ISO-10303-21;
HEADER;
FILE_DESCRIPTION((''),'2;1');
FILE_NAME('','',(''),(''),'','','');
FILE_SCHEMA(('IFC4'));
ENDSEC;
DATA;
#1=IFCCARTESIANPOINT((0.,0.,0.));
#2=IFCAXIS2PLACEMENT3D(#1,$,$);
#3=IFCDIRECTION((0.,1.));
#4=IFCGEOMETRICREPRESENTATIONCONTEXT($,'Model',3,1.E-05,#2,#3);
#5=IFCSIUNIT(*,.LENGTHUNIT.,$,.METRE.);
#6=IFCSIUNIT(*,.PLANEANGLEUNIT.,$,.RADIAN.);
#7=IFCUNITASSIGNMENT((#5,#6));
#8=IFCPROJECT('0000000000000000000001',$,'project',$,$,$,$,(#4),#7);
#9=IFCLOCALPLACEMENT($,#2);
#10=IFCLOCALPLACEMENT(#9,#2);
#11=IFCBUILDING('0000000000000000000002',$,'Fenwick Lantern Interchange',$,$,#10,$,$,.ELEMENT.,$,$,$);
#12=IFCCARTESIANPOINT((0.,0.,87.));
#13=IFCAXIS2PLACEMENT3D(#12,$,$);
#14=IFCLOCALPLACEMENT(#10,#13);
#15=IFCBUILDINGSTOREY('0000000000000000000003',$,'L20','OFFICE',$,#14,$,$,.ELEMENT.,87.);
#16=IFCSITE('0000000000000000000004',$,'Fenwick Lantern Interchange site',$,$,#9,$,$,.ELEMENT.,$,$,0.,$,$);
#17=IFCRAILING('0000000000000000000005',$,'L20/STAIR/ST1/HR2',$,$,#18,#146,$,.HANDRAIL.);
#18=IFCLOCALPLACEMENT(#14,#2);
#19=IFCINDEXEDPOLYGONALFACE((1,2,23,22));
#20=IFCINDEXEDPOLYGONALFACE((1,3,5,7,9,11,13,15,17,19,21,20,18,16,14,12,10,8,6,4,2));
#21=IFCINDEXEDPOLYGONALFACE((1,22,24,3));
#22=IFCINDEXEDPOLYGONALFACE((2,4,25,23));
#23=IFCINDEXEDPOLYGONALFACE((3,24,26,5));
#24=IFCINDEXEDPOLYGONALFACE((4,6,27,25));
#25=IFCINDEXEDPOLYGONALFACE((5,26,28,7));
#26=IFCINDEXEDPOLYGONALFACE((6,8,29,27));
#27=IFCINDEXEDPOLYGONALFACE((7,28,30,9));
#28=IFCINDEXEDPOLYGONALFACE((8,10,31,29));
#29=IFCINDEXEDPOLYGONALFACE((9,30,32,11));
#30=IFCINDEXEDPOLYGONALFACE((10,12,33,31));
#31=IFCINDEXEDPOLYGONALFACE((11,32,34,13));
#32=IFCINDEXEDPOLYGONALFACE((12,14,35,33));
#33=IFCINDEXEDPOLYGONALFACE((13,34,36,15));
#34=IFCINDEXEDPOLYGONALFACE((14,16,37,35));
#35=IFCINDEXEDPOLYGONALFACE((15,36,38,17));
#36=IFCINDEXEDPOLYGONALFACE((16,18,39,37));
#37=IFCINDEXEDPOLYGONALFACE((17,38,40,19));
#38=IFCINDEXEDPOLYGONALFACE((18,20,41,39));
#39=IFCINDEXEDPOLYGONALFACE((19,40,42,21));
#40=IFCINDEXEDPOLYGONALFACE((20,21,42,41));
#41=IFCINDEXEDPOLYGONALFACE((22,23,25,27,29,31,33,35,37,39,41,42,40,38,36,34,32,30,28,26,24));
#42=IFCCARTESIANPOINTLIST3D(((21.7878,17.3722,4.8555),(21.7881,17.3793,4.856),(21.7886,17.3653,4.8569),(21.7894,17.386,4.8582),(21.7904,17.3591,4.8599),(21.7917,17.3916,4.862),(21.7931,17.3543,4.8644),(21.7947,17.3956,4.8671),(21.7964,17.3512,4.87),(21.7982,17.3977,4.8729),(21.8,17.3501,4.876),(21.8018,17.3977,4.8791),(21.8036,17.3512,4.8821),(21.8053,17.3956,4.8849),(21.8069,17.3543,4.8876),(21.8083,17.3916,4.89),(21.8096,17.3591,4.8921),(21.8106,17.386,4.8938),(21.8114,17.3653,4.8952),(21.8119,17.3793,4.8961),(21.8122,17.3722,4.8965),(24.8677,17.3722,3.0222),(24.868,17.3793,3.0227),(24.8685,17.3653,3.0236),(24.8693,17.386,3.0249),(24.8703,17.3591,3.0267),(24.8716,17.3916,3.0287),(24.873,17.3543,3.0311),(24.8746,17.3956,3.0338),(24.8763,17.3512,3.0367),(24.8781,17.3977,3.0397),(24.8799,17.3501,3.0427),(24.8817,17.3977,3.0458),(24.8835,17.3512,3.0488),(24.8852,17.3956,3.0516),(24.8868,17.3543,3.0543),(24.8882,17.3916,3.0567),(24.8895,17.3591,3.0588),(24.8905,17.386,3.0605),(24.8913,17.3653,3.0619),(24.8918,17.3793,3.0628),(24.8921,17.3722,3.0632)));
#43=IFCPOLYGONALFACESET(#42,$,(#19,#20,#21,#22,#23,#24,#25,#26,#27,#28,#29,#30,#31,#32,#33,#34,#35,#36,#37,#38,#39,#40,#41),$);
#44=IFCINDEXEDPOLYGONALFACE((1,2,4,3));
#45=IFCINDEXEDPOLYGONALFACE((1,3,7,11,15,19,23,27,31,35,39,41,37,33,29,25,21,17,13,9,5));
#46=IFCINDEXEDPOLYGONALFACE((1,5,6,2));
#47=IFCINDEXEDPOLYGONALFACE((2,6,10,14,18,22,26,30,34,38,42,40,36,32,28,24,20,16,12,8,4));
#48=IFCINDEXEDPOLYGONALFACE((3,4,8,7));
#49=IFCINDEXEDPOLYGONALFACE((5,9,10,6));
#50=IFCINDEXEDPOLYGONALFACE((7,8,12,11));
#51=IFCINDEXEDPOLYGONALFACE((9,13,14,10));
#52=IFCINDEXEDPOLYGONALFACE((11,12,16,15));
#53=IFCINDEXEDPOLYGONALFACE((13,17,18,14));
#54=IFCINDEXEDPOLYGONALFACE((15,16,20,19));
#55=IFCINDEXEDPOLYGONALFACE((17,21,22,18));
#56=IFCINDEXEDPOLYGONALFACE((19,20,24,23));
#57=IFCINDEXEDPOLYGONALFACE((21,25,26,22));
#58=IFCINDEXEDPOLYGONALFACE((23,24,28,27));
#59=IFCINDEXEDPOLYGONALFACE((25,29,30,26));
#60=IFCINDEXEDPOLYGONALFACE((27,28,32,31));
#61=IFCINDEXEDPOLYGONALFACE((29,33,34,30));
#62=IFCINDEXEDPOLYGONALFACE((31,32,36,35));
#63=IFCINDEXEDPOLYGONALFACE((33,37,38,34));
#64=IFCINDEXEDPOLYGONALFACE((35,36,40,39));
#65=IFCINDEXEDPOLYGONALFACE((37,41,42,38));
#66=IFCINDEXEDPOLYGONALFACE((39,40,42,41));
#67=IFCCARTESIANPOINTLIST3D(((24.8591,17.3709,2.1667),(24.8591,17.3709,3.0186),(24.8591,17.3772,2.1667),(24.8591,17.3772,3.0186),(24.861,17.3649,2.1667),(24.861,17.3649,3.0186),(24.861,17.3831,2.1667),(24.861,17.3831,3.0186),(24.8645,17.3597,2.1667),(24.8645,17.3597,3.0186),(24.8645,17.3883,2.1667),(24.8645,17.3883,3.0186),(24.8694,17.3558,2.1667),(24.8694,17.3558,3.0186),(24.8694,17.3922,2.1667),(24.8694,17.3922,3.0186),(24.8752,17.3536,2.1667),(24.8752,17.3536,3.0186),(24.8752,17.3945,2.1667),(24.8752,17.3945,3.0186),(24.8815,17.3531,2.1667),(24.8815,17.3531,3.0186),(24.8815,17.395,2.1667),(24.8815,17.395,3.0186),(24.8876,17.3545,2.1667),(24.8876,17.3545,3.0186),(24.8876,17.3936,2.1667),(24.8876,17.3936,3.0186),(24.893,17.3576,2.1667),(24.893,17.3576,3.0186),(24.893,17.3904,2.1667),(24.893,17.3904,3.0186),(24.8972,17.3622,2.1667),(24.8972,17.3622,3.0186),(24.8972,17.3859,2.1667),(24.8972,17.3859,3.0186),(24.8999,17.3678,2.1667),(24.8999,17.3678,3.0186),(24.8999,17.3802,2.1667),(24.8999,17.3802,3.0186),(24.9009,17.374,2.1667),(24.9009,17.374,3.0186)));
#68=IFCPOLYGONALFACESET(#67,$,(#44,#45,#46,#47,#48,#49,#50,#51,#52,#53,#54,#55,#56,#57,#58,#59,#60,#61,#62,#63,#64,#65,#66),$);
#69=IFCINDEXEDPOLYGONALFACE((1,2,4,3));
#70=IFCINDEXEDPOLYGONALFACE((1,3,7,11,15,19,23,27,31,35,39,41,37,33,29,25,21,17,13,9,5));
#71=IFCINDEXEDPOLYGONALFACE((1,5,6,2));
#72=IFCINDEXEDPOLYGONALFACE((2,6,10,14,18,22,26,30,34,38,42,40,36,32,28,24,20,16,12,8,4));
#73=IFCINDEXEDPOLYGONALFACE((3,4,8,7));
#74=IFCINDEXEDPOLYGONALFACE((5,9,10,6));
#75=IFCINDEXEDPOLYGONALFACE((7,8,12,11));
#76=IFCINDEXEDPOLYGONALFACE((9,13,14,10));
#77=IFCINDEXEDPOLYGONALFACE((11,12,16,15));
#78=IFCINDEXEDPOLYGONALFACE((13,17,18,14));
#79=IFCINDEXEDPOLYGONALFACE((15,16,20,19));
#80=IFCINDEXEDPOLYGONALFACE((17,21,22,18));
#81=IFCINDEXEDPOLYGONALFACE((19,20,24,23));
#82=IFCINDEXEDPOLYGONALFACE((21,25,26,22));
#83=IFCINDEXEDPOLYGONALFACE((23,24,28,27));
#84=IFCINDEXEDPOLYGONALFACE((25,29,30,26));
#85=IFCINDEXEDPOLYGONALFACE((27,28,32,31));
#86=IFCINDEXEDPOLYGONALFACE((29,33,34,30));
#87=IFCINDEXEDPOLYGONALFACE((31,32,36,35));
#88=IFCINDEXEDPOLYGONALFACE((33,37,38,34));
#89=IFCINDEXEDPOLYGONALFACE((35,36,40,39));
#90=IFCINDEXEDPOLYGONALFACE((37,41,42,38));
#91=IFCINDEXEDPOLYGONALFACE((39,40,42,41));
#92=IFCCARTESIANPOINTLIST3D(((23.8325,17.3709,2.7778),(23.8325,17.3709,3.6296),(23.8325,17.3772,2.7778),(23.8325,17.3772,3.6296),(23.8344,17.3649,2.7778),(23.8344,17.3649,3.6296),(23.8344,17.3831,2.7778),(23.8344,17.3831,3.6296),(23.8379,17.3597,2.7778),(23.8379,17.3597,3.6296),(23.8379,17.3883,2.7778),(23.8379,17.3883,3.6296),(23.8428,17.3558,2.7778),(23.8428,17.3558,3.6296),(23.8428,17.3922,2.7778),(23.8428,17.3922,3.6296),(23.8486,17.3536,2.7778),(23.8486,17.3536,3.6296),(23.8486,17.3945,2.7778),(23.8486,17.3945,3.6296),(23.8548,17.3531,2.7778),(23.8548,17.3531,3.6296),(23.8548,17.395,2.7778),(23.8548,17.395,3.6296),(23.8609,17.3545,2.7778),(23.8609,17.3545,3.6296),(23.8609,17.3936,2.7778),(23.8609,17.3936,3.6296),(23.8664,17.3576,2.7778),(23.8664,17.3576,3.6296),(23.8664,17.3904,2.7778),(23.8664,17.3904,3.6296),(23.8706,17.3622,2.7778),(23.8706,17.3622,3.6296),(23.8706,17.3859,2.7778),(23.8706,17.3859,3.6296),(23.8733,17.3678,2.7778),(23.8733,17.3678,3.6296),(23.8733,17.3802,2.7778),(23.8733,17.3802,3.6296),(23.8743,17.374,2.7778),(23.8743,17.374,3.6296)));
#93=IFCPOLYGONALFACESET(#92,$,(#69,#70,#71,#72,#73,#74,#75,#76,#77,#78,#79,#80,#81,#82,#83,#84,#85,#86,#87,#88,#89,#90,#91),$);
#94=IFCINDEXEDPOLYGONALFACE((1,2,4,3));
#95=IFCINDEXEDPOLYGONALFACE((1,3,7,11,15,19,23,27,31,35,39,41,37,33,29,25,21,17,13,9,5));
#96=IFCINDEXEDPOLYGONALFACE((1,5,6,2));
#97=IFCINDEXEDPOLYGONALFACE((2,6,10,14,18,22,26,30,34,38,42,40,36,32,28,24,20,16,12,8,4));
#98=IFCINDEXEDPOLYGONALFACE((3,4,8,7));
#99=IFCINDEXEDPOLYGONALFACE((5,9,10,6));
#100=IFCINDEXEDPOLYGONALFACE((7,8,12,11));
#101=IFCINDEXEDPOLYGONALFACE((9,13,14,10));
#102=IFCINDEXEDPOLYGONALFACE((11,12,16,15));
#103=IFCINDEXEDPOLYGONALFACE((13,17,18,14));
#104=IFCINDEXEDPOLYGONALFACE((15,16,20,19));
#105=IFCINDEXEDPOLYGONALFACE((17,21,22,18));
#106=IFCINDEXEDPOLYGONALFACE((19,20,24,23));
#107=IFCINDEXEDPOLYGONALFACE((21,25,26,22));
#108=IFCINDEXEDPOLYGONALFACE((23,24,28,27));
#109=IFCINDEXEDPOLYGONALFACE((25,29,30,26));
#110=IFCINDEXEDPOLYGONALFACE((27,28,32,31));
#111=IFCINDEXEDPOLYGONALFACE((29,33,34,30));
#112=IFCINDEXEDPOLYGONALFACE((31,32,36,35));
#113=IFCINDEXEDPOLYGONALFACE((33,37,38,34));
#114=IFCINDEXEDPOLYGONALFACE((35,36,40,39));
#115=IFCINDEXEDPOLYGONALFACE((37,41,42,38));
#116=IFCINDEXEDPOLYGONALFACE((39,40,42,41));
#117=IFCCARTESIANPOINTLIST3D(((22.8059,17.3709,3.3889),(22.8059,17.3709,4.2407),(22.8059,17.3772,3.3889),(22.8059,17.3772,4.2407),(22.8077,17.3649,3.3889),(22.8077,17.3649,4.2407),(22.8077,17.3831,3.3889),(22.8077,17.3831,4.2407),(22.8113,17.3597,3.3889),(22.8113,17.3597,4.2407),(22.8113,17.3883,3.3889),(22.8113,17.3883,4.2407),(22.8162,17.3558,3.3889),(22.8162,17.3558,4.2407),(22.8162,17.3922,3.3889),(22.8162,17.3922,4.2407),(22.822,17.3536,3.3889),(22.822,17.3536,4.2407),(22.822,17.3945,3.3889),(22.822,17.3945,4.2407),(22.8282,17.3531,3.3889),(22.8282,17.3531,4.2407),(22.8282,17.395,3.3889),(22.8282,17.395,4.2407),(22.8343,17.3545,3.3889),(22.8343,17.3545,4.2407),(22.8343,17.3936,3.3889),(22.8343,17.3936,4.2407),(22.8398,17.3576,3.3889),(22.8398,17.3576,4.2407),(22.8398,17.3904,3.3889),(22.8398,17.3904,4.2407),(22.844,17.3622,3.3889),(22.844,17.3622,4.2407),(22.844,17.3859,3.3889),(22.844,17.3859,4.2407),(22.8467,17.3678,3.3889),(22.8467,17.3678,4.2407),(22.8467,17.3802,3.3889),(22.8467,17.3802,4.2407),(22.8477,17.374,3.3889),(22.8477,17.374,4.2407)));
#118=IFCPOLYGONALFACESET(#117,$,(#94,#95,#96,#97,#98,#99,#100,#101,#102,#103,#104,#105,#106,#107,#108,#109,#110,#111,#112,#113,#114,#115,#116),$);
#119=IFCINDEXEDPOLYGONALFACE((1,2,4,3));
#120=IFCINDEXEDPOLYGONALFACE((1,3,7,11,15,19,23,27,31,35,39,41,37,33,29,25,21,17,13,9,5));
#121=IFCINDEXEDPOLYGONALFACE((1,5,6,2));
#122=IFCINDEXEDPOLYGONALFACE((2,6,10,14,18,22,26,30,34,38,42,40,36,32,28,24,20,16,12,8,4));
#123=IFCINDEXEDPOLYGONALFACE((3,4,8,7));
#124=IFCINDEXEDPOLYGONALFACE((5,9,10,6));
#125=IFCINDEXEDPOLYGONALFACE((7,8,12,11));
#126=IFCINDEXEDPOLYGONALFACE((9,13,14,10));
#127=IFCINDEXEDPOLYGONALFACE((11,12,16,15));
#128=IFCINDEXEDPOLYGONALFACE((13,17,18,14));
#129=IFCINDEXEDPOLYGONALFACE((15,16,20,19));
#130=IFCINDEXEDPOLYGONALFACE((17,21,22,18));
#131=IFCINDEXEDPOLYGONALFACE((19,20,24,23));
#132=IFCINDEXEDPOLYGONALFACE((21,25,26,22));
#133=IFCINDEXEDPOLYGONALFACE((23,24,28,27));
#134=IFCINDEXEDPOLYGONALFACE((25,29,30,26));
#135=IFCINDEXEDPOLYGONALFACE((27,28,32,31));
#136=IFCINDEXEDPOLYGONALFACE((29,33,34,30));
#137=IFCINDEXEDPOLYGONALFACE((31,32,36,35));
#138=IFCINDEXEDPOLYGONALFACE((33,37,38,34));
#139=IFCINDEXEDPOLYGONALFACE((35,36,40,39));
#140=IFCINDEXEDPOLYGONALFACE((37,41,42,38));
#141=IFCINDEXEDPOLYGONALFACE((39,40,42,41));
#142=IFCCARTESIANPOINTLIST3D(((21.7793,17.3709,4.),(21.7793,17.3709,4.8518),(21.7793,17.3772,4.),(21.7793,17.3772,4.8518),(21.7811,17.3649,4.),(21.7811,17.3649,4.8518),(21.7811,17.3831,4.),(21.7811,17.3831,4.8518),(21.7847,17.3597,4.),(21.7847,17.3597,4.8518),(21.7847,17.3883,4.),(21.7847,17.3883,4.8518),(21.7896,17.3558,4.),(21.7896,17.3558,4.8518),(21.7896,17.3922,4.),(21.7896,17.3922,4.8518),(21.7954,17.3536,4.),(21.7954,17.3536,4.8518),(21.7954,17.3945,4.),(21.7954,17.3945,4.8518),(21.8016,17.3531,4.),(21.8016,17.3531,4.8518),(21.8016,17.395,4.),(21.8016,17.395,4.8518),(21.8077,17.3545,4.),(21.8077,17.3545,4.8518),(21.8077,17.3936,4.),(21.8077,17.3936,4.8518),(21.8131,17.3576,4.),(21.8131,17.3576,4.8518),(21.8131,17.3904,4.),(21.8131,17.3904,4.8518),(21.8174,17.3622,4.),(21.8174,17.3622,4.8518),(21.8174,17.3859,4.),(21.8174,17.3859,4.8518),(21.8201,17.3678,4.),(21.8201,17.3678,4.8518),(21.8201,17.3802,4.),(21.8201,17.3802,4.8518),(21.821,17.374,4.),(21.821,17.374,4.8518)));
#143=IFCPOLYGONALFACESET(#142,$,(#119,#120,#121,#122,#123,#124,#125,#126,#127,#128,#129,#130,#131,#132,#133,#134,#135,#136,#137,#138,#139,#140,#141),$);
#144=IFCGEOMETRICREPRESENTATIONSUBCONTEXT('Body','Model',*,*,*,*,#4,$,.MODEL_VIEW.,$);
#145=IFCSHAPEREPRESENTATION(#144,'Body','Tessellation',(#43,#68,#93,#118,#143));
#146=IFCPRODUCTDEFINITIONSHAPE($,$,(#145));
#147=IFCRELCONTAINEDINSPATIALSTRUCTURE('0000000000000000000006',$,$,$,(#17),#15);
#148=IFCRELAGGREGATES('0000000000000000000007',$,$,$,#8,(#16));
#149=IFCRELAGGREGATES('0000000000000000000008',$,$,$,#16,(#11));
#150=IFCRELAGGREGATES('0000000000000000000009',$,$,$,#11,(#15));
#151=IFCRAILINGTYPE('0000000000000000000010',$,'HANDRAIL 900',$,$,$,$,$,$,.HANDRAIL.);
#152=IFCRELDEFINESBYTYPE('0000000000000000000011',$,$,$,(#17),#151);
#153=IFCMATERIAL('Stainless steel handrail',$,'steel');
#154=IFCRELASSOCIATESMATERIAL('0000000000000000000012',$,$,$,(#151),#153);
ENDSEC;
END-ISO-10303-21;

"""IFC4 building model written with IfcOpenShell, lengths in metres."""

from ifc_helpers import new_model, si_unit, direction, frame, origin, origin_2d, place, context, subcontext, project, spatial, circle, extrude, material, type_object, element, save


model = new_model("IFC4")

# Units and contexts
model_context = context("Model", 3, precision=1e-05, world=origin(), true_north=direction((0.0, 1.0)))
body_context = subcontext(model_context, "Body", "Model", "MODEL_VIEW")
ifc_project = project(units=[si_unit("LENGTHUNIT", "METRE"), si_unit("PLANEANGLEUNIT", "RADIAN")], contexts=[model_context])

# Site, building, storey
site_placement = place(None, origin())
site = spatial("IfcSite", under=ifc_project, at=site_placement, Name="Fenwick Lantern Interchange site", CompositionType="ELEMENT", RefElevation=0.0)
building_placement = place(site_placement, origin())
building = spatial("IfcBuilding", under=site, at=building_placement, Name="Fenwick Lantern Interchange", CompositionType="ELEMENT")
storey_placement = place(building_placement, frame((0.0, 0.0, 87.0)))
storey = spatial("IfcBuildingStorey", under=building, at=storey_placement, Name="L20", Description="OFFICE", CompositionType="ELEMENT", Elevation=87.0)

# Railing
ifc_material_1 = material(Name="Stainless steel handrail", Category="steel")
railing_type = type_object("IfcRailingType", Name="HANDRAIL 900", PredefinedType="HANDRAIL", material=ifc_material_1)
railing_1_placement = place(storey_placement, frame((24.8799, 17.374, 2.1667)))
element("IfcRailing", 1, at=railing_1_placement, inside=storey, type_object=railing_type, Name="L20/STAIR/ST1/HR2", PredefinedType="HANDRAIL", context=body_context, shape_type="SweptSolid", body=[
    extrude(circle(Radius=0.0239, at=origin_2d()), frame((0.0, 0.0, 0.876), z_axis=(-0.859291, 0.0, 0.511487), x_axis=(0.0, -1.0, 0.0)), (0.0, 0.0, 1.0), 3.5842),
    extrude(circle(Radius=0.021, at=origin_2d()), origin(), (0.0, 0.0, 1.0), 0.8518),
    extrude(circle(Radius=0.021, at=origin_2d()), frame((-1.0266, 0.0, 0.6111)), (0.0, 0.0, 1.0), 0.8518),
    extrude(circle(Radius=0.021, at=origin_2d()), frame((-2.0532, 0.0, 1.2222)), (0.0, 0.0, 1.0), 0.8518),
    extrude(circle(Radius=0.021, at=origin_2d()), frame((-3.0798, 0.0, 1.8333)), (0.0, 0.0, 1.0), 0.8518),
])

save(model, "model.ifc")
